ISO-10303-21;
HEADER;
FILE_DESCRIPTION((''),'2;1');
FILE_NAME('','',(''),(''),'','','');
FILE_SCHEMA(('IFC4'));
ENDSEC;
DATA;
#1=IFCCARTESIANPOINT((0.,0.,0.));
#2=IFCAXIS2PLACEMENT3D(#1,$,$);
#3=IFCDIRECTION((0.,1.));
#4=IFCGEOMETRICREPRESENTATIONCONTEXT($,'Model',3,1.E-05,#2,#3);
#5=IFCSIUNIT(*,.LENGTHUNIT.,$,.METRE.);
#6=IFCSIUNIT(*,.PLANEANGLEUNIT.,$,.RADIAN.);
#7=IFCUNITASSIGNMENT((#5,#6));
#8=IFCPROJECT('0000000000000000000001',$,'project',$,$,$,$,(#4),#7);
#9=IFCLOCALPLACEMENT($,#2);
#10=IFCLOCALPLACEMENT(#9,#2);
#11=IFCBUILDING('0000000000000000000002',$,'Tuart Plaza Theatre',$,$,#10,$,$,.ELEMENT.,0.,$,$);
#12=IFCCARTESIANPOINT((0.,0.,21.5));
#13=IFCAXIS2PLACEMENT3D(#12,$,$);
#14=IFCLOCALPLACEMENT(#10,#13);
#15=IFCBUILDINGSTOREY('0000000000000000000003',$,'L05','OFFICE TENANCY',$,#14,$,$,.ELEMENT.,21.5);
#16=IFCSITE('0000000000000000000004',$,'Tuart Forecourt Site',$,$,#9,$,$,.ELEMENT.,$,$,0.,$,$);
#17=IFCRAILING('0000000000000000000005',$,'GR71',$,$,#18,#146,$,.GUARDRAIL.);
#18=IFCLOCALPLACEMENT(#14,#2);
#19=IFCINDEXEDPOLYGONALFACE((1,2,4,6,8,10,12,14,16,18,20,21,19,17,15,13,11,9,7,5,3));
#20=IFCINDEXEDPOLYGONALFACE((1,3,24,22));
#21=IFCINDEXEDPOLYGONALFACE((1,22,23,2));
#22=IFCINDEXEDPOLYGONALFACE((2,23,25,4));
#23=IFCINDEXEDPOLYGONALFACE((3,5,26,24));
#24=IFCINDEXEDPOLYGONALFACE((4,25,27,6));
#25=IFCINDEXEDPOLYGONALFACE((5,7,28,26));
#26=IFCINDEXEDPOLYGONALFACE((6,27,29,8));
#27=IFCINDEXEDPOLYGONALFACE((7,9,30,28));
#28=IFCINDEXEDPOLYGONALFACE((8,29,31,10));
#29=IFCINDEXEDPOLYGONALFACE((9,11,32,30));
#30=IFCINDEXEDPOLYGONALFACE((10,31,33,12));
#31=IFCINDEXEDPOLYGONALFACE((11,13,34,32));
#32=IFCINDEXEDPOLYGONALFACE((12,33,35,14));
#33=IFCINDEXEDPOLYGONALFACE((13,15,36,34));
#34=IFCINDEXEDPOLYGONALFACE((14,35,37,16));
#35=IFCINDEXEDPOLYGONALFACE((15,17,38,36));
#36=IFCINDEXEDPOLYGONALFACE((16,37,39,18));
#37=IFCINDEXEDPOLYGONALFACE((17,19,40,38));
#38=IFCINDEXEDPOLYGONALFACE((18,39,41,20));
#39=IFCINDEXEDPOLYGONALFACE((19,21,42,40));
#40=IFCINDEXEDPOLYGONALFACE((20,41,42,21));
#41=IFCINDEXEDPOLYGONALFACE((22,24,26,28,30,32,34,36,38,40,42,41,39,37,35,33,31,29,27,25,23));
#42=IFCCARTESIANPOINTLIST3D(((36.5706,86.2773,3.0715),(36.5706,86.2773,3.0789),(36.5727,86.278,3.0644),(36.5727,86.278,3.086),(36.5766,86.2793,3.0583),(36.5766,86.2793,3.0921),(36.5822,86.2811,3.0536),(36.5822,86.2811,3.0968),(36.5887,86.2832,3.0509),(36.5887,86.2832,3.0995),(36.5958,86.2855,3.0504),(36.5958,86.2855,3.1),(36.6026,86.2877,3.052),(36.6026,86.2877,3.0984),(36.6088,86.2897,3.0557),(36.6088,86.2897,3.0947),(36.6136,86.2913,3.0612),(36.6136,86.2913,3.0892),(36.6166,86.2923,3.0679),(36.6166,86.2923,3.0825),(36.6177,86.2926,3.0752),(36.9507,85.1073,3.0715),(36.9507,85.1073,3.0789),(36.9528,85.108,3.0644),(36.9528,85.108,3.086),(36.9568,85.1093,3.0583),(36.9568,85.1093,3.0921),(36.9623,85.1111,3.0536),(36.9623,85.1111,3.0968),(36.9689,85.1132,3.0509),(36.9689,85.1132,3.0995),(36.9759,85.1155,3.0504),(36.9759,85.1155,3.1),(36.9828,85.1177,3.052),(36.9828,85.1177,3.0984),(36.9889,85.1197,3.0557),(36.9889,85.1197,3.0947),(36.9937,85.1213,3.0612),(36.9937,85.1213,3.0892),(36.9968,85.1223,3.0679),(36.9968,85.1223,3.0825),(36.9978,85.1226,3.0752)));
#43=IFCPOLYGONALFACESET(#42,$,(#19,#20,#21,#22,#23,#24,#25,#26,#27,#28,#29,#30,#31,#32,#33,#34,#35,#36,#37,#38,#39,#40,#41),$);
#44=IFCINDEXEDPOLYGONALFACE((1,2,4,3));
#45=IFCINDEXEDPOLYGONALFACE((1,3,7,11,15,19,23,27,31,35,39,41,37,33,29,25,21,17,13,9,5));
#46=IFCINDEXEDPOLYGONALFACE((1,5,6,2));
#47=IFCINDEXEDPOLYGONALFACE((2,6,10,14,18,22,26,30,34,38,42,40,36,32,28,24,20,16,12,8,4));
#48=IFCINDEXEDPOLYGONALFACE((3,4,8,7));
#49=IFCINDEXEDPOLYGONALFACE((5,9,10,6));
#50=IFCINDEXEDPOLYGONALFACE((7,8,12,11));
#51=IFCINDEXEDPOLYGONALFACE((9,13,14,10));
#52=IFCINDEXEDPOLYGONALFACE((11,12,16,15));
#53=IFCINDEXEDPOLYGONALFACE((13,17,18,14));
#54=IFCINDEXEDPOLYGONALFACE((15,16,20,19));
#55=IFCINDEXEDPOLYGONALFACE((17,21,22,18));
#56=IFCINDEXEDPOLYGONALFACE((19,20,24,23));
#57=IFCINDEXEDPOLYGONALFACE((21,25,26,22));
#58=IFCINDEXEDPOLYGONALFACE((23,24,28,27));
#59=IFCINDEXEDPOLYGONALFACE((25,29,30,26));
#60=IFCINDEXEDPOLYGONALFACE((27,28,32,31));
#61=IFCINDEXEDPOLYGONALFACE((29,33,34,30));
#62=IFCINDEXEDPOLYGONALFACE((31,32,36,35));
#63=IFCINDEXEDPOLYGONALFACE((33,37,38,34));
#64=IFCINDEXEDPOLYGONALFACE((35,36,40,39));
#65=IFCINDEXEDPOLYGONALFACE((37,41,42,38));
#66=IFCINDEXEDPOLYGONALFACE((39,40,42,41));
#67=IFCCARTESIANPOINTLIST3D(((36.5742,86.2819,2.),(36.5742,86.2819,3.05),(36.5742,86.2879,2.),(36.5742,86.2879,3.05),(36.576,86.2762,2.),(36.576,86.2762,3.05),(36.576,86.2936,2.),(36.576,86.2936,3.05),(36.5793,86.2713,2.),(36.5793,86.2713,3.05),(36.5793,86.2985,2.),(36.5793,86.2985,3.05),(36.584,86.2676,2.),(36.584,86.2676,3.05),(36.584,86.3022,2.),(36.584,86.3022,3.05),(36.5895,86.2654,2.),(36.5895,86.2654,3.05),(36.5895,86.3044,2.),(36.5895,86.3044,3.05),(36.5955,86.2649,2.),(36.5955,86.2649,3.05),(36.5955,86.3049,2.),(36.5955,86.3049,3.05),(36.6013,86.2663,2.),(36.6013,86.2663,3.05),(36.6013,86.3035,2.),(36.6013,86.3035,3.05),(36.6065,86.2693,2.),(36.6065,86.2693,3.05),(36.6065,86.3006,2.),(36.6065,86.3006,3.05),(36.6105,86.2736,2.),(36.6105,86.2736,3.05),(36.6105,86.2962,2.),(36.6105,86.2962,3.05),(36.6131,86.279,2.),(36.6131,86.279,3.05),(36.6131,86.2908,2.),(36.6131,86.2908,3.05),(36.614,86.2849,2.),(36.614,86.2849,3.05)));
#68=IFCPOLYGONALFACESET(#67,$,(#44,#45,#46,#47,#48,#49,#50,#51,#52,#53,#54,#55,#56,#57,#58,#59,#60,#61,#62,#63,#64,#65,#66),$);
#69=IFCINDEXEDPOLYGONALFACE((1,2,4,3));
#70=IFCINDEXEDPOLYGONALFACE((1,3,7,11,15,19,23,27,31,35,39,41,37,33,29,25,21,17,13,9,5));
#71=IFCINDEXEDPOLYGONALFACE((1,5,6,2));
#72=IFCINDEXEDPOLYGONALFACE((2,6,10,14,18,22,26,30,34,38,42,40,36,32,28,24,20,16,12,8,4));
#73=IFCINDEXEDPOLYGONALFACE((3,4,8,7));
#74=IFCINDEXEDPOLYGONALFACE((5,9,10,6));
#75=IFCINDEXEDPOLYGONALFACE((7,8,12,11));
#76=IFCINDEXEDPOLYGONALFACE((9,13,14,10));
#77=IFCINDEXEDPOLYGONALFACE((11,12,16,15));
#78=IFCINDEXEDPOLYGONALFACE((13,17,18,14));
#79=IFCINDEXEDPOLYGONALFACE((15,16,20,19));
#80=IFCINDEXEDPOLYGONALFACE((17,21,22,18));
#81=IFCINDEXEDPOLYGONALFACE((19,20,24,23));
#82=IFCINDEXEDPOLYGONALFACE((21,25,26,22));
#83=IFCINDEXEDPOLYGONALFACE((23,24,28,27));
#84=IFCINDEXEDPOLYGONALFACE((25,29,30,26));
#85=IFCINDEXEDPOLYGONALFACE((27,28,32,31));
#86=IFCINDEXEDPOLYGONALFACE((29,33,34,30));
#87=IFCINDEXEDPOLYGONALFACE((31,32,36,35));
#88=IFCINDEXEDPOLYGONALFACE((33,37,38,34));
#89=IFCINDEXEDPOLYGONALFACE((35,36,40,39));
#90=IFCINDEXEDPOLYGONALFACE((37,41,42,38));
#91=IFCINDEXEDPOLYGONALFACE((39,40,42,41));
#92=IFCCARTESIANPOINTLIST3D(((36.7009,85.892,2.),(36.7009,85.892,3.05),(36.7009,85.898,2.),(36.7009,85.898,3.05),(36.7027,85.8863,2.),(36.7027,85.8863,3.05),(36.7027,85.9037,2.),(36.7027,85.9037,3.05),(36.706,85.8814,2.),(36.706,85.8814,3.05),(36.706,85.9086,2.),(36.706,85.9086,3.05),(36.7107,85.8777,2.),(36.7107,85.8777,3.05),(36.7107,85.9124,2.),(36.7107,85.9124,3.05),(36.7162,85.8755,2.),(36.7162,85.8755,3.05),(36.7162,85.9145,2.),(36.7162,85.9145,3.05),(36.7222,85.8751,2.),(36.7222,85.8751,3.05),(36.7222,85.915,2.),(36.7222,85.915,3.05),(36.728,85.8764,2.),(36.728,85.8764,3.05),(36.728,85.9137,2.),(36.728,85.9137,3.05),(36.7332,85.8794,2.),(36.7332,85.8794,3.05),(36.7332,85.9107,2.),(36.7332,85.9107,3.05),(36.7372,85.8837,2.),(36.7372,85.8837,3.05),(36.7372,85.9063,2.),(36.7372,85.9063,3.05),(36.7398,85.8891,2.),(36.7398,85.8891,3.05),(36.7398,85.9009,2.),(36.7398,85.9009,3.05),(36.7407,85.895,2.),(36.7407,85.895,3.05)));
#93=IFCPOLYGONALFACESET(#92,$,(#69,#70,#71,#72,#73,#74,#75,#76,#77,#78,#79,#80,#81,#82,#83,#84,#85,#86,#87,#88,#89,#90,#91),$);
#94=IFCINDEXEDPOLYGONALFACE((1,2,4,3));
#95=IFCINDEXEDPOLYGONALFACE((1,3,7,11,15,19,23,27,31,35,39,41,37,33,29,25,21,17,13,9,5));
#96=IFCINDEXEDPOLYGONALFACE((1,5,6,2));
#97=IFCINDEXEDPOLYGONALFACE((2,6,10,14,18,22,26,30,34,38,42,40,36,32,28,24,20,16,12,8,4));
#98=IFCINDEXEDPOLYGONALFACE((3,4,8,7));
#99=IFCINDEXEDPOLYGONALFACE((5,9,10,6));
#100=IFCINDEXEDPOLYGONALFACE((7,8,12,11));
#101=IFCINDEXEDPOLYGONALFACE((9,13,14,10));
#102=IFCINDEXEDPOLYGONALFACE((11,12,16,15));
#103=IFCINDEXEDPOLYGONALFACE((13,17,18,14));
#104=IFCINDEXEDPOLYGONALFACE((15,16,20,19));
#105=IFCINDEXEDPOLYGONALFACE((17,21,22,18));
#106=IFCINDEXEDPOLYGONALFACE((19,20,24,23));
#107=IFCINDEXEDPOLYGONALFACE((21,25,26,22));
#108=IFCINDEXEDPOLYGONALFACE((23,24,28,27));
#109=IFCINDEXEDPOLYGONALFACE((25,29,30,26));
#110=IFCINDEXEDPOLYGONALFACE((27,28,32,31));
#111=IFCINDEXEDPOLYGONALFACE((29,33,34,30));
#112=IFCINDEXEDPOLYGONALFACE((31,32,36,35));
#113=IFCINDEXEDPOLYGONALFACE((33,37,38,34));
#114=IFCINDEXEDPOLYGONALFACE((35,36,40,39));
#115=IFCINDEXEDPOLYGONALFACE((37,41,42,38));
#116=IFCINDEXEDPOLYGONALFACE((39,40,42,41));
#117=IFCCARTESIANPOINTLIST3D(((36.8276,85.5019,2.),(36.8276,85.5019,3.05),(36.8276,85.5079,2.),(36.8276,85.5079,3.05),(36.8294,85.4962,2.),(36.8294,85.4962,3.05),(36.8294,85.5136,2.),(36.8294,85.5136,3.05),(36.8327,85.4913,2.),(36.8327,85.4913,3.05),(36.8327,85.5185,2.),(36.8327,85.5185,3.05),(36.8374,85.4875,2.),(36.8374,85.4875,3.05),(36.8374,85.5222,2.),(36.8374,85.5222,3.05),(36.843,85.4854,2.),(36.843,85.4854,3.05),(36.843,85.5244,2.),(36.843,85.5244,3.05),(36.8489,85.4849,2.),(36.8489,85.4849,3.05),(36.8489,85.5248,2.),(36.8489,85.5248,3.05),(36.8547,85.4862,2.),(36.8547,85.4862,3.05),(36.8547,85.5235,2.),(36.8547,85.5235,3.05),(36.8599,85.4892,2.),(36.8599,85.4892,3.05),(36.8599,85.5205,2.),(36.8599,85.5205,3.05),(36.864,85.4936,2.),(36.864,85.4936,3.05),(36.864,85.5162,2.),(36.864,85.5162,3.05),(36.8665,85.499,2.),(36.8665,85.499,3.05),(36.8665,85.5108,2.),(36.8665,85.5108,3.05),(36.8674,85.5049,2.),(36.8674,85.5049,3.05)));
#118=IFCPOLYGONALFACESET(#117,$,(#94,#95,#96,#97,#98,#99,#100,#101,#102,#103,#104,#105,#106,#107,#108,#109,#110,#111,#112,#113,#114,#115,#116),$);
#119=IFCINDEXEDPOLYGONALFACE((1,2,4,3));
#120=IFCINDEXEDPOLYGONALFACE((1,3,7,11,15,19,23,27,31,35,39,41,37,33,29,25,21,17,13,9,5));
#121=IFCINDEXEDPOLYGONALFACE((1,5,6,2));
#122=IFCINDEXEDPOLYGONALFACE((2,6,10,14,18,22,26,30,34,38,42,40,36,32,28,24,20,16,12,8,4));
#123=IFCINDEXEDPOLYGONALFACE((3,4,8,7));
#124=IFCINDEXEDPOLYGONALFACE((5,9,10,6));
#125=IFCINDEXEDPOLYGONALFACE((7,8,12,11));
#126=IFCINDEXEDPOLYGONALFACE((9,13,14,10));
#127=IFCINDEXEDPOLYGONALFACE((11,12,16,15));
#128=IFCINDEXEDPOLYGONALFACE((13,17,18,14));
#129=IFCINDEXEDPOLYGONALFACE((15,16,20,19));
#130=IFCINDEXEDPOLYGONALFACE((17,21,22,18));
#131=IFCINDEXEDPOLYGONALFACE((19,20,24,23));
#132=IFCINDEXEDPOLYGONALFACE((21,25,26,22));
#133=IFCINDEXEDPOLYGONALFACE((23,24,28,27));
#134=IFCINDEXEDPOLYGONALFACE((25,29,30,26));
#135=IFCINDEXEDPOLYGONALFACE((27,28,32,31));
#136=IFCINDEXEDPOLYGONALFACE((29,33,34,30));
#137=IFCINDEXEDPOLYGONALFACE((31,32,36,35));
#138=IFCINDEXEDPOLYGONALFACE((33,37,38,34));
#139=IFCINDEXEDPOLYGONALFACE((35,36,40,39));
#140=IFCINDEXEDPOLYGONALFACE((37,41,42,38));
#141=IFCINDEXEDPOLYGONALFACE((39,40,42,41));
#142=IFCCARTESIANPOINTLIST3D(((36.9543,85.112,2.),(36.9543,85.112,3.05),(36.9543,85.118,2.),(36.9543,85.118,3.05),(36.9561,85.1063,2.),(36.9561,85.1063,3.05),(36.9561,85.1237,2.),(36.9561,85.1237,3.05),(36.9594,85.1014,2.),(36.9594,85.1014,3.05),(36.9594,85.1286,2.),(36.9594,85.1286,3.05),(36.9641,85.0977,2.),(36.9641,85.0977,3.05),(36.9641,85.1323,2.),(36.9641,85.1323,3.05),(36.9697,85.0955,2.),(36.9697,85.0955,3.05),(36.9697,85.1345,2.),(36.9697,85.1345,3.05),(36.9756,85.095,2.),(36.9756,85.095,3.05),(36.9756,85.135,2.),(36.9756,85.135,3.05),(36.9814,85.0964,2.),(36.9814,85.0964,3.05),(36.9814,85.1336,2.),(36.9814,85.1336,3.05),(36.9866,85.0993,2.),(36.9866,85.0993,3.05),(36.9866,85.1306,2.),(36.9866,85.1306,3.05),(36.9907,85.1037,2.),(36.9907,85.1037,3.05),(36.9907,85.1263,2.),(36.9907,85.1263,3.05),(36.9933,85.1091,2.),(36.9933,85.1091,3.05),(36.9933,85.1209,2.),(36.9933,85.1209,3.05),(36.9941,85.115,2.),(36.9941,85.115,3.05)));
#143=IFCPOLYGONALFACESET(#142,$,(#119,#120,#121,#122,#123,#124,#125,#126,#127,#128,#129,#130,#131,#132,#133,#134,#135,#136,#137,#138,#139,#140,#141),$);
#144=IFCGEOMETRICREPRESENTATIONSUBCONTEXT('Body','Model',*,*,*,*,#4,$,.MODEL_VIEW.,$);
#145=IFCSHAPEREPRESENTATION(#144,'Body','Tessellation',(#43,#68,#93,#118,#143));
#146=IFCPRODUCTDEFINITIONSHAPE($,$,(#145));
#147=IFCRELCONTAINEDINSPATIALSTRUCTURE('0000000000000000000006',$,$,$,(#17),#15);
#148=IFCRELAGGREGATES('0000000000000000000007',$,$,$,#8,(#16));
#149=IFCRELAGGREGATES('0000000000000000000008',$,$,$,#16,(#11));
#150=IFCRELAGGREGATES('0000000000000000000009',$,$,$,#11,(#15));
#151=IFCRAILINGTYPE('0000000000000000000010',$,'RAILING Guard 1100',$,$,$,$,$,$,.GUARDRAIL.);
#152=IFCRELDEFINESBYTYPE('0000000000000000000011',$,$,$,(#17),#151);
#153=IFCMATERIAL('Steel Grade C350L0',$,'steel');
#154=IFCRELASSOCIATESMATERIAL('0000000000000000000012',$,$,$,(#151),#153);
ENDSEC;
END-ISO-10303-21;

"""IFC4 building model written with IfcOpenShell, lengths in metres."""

from ifc_helpers import new_model, si_unit, direction, frame, origin, origin_2d, place, context, subcontext, project, spatial, circle, extrude, material, type_object, element, save


model = new_model("IFC4")

# Units and contexts
model_context = context("Model", 3, precision=1e-05, world=origin(), true_north=direction((0.0, 1.0)))
body_context = subcontext(model_context, "Body", "Model", "MODEL_VIEW")
ifc_project = project(units=[si_unit("LENGTHUNIT", "METRE"), si_unit("PLANEANGLEUNIT", "RADIAN")], contexts=[model_context])

# Site, building, storey
site_placement = place(None, origin())
site = spatial("IfcSite", under=ifc_project, at=site_placement, Name="Tuart Forecourt Site", CompositionType="ELEMENT", RefElevation=0.0)
building_placement = place(site_placement, origin())
building = spatial("IfcBuilding", under=site, at=building_placement, Name="Tuart Plaza Theatre", CompositionType="ELEMENT", ElevationOfRefHeight=0.0)
storey_placement = place(building_placement, frame((0.0, 0.0, 21.5)))
storey = spatial("IfcBuildingStorey", under=building, at=storey_placement, Name="L05", Description="OFFICE TENANCY", CompositionType="ELEMENT", Elevation=21.5)

# Railing
ifc_material_1 = material(Name="Steel Grade C350L0", Category="steel")
railing_type_1 = type_object("IfcRailingType", Name="RAILING Guard 1100", PredefinedType="GUARDRAIL", material=ifc_material_1)
railing_1_placement = place(storey_placement, frame((36.594, 86.2849, 2.0)))
element("IfcRailing", 1, at=railing_1_placement, inside=storey, type_object=railing_type_1, Name="GR71", PredefinedType="GUARDRAIL", context=body_context, shape_type="SweptSolid", body=[
    extrude(circle(Radius=0.0249, at=origin_2d()), frame((0.0, 0.0, 1.0752), z_axis=(0.309014, -0.951057, 0.0), x_axis=(0.951057, 0.309014, 0.0)), (0.0, 0.0, 1.0), 1.2302),
    extrude(circle(Radius=0.02, at=origin_2d()), origin(), (0.0, 0.0, 1.0), 1.05),
    extrude(circle(Radius=0.02, at=origin_2d()), frame((0.1267, -0.3899, 0.0)), (0.0, 0.0, 1.0), 1.05),
    extrude(circle(Radius=0.02, at=origin_2d()), frame((0.2534, -0.78, 0.0)), (0.0, 0.0, 1.0), 1.05),
    extrude(circle(Radius=0.02, at=origin_2d()), frame((0.3801, -1.1699, 0.0)), (0.0, 0.0, 1.0), 1.05),
])

save(model, "model.ifc")
